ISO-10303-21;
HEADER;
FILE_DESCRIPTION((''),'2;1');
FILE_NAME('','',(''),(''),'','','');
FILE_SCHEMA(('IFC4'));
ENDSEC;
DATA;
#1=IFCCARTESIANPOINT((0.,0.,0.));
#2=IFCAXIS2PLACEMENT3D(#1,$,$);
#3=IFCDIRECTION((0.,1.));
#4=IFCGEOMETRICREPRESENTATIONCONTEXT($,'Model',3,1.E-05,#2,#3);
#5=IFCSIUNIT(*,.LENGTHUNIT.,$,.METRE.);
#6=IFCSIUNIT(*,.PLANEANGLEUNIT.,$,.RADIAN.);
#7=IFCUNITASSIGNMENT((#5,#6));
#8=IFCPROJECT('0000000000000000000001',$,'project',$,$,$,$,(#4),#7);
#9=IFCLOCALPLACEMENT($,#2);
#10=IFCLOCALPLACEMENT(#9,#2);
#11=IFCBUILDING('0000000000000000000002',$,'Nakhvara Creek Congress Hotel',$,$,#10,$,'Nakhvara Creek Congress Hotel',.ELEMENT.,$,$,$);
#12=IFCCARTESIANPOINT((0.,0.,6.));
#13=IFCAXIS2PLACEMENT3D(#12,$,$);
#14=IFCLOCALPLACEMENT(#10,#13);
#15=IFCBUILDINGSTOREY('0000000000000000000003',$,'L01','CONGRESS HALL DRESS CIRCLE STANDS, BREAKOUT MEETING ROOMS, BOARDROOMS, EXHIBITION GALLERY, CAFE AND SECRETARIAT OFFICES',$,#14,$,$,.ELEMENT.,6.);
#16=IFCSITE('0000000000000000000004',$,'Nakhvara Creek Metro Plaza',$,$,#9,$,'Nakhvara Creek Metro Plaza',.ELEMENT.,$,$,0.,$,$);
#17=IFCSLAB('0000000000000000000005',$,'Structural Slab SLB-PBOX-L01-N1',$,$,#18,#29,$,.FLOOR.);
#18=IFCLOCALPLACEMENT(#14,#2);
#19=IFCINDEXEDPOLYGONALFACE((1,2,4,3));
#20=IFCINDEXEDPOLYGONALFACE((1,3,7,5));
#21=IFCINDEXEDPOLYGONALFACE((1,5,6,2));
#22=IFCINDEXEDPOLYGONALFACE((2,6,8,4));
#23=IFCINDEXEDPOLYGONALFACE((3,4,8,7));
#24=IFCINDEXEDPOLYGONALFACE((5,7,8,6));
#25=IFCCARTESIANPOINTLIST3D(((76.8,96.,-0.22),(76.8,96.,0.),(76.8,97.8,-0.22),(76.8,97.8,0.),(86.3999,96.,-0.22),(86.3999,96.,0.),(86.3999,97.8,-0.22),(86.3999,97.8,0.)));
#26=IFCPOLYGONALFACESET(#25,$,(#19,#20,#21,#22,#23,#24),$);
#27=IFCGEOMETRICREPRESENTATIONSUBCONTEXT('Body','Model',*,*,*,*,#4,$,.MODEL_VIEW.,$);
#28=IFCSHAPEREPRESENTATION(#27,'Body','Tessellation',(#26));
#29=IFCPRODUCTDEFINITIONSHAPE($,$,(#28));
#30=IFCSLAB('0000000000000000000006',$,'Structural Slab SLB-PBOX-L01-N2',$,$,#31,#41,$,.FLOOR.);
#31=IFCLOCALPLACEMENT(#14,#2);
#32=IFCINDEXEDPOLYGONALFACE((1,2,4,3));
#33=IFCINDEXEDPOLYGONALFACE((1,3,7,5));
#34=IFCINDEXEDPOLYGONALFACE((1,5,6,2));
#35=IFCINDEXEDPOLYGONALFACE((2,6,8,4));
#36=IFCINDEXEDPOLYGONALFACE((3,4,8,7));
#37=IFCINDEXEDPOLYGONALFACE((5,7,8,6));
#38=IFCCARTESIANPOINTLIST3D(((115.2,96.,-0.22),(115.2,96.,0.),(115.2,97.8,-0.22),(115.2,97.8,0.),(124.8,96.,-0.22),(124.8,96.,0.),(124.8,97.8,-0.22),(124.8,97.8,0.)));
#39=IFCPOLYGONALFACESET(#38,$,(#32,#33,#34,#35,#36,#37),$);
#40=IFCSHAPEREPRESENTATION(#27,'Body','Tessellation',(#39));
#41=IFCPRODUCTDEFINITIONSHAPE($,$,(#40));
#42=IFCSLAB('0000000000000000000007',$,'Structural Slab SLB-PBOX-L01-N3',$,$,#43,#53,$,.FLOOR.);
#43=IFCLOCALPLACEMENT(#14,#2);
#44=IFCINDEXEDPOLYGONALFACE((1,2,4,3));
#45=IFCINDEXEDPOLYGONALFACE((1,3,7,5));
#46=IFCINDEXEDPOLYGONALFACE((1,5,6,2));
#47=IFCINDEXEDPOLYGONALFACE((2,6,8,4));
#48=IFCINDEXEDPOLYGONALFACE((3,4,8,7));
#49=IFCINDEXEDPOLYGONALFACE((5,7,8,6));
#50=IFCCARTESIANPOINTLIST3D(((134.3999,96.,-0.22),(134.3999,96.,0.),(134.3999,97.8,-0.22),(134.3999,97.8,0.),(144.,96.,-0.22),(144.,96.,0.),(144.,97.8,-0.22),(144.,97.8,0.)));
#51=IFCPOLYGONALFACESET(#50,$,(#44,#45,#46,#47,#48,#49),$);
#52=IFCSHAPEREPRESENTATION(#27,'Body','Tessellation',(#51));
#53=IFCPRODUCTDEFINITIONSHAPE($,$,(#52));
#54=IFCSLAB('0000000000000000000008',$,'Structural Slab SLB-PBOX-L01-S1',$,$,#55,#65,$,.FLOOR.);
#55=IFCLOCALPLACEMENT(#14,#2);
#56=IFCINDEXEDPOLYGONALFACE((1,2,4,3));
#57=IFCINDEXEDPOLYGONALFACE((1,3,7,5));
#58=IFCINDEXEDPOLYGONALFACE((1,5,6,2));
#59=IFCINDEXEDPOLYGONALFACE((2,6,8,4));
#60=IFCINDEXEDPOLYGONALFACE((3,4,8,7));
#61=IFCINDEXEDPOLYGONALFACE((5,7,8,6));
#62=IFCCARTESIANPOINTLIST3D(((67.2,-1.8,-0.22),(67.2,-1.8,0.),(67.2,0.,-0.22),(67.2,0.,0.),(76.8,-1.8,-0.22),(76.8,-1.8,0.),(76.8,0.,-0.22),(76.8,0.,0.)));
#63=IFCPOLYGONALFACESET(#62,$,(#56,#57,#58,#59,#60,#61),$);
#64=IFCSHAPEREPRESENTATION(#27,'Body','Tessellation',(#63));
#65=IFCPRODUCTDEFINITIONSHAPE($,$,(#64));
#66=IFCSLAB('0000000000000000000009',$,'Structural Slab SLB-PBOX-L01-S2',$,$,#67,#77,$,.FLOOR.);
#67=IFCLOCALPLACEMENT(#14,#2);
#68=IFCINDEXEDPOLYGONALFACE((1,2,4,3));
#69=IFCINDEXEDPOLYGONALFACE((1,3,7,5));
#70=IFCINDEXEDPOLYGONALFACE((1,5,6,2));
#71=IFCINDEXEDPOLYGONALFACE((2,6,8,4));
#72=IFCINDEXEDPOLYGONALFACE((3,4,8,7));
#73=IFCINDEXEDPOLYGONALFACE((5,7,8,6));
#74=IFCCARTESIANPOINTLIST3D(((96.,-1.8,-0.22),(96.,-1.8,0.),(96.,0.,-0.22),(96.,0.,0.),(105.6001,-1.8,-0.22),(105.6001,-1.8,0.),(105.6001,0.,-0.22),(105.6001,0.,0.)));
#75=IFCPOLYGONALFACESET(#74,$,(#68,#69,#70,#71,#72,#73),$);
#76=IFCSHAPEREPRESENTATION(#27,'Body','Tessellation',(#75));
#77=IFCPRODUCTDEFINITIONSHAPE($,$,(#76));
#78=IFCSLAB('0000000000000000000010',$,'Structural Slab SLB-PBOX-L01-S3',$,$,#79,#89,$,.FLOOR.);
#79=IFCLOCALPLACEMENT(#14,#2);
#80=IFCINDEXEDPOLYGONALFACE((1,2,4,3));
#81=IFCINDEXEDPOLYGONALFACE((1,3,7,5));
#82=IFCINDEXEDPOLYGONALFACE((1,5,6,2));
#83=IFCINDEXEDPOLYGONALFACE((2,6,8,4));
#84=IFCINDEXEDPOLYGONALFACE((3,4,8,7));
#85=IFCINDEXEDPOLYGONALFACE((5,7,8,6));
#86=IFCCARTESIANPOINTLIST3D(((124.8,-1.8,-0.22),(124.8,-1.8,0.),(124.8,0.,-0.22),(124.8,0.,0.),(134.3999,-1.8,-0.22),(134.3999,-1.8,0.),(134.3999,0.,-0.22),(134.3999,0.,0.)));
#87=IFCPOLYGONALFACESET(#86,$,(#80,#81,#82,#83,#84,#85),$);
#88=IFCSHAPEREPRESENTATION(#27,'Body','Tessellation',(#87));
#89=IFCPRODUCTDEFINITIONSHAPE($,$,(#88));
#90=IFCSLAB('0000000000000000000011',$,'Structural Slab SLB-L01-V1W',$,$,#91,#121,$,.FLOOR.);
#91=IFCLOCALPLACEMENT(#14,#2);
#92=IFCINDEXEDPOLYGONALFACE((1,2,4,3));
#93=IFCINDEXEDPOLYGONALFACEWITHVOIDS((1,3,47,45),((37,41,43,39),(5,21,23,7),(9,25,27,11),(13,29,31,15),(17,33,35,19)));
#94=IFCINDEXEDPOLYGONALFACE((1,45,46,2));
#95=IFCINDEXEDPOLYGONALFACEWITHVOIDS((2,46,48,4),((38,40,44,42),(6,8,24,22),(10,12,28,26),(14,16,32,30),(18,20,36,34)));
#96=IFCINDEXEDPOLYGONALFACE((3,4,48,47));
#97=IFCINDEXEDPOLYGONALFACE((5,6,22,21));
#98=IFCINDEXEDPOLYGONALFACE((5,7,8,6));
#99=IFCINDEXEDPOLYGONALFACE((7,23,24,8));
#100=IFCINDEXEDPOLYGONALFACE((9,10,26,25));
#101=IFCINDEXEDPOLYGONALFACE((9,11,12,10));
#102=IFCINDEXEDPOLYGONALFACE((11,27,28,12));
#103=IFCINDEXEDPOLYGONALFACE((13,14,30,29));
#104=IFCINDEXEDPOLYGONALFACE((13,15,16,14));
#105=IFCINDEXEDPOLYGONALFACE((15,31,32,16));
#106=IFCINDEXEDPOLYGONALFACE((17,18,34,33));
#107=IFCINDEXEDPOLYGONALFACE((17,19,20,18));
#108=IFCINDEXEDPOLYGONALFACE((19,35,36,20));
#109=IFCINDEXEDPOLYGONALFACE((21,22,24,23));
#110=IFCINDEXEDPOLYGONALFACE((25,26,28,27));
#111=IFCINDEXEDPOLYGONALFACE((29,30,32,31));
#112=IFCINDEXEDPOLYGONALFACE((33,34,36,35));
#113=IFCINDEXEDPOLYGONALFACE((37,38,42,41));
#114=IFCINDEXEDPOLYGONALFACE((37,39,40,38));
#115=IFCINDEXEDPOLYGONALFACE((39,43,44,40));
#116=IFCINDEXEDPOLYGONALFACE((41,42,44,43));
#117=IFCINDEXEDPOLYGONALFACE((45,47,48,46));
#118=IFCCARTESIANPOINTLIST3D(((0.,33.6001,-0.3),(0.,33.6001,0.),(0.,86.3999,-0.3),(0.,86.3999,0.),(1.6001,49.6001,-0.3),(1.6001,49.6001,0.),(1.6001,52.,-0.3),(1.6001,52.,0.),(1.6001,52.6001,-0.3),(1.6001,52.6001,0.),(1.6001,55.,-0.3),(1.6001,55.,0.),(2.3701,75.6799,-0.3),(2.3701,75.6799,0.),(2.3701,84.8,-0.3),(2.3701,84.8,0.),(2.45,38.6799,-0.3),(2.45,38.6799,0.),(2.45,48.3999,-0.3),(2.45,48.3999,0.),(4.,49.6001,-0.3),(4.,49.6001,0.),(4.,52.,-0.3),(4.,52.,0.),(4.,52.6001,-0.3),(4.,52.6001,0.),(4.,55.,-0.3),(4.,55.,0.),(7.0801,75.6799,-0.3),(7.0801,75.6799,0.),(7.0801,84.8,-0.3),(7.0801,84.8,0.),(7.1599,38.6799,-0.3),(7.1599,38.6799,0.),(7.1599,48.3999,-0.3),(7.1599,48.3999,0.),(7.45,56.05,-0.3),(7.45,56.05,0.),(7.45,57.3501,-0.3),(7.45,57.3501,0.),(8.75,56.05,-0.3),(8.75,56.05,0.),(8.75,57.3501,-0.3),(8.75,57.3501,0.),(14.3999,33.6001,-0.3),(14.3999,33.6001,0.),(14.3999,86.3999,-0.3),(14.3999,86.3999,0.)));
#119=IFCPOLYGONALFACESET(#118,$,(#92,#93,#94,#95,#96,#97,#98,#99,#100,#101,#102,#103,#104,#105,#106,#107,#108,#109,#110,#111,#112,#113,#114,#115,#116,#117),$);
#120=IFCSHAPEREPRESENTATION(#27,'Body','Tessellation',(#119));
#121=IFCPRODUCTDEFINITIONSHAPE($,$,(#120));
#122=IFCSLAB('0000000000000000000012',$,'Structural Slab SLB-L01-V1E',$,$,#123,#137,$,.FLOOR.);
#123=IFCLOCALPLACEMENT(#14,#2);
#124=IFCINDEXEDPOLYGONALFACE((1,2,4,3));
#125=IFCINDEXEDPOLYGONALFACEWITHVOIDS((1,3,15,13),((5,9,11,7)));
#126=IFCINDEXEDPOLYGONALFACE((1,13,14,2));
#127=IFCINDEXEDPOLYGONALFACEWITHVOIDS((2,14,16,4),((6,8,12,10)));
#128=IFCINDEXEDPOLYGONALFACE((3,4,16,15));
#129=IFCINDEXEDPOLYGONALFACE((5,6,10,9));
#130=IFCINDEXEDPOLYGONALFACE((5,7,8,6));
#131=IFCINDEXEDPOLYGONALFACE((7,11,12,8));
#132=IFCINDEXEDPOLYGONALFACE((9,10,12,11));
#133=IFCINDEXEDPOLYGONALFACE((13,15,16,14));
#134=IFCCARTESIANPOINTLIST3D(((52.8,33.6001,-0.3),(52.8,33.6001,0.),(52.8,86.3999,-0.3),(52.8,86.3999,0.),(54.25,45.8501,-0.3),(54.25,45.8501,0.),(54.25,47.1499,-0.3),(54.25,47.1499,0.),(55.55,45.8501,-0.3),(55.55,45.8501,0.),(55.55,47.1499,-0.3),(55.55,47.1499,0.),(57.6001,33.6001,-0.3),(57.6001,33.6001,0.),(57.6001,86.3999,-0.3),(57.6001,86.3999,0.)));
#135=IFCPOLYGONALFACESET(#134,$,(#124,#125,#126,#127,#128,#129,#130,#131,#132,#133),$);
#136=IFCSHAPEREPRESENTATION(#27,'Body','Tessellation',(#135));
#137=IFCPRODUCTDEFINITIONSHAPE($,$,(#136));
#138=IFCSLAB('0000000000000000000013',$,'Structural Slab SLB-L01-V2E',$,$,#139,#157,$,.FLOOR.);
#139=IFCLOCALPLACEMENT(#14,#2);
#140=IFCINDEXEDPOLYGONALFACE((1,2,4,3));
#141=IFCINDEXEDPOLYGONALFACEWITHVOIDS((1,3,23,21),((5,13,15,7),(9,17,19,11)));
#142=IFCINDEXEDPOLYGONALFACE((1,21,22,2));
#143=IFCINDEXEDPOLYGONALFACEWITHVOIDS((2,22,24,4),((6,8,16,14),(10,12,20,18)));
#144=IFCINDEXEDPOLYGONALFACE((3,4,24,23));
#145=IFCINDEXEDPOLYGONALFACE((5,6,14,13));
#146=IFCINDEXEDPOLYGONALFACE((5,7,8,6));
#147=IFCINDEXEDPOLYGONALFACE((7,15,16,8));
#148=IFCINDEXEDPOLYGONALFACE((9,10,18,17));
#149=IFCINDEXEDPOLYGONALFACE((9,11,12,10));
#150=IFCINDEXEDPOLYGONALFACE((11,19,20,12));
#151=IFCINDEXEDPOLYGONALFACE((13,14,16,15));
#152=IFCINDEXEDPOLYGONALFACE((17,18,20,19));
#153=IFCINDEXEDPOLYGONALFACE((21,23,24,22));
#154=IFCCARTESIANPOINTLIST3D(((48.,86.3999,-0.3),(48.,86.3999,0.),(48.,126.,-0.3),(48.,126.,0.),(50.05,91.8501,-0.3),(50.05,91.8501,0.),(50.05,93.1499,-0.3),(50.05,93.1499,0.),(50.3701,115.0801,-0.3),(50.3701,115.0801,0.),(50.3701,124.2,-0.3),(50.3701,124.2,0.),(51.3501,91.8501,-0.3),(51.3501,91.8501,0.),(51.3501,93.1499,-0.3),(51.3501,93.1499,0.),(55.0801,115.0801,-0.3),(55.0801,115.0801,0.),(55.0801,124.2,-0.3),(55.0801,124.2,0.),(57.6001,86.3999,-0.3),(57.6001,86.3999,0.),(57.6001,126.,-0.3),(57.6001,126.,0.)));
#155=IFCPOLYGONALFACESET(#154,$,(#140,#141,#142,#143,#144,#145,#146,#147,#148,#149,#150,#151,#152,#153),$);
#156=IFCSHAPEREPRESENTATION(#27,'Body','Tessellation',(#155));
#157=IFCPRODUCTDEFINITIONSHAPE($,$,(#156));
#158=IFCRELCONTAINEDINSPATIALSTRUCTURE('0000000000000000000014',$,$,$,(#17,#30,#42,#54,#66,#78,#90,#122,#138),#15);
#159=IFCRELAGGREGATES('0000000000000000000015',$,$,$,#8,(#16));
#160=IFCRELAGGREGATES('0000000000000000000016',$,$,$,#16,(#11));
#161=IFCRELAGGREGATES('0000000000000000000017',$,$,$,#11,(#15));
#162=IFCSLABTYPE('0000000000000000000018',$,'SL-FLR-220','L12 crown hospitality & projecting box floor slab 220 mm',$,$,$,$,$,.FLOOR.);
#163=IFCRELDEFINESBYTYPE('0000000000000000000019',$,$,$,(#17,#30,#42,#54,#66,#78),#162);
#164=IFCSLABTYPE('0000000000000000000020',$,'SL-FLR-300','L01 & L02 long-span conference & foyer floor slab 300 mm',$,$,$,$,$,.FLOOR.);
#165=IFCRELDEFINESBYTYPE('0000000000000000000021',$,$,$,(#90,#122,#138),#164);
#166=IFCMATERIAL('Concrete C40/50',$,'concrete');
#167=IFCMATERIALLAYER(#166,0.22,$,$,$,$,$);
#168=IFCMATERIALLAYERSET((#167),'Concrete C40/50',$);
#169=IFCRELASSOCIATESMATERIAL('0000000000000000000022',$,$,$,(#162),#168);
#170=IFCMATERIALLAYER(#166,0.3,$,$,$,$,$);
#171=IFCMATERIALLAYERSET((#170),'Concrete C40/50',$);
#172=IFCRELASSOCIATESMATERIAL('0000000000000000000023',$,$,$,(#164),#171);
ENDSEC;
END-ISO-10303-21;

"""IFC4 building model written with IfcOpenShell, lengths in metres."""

from ifc_helpers import new_model, si_unit, direction, frame, origin, place, context, subcontext, project, spatial, polyline, outline, extrude, material, layer, layer_set, type_object, element, save


model = new_model("IFC4")

# Units and contexts
model_context = context("Model", 3, precision=1e-05, world=origin(), true_north=direction((0.0, 1.0)))
body_context = subcontext(model_context, "Body", "Model", "MODEL_VIEW")
ifc_project = project(units=[si_unit("LENGTHUNIT", "METRE"), si_unit("PLANEANGLEUNIT", "RADIAN")], contexts=[model_context])

# Site, building, storey
site_placement = place(None, origin())
site = spatial("IfcSite", under=ifc_project, at=site_placement, Name="Nakhvara Creek Metro Plaza", LongName="Nakhvara Creek Metro Plaza", CompositionType="ELEMENT", RefElevation=0.0)
building_placement = place(site_placement, origin())
building = spatial("IfcBuilding", under=site, at=building_placement, Name="Nakhvara Creek Congress Hotel", LongName="Nakhvara Creek Congress Hotel", CompositionType="ELEMENT")
storey_placement = place(building_placement, frame((0.0, 0.0, 6.0)))
storey = spatial("IfcBuildingStorey", under=building, at=storey_placement, Name="L01", Description="CONGRESS HALL DRESS CIRCLE STANDS, BREAKOUT MEETING ROOMS, BOARDROOMS, EXHIBITION GALLERY, CAFE AND SECRETARIAT OFFICES", CompositionType="ELEMENT", Elevation=6.0)

# Slabs
ifc_material_1 = material(Name="Concrete C40/50", Category="concrete")
ifc_layer_1 = layer(ifc_material_1, 0.22)
ifc_layer_set_1 = layer_set([ifc_layer_1], Name="Concrete C40/50")
slab_type_1 = type_object("IfcSlabType", Name="SL-FLR-220", Description="L12 crown hospitality & projecting box floor slab 220 mm", PredefinedType="FLOOR", material=ifc_layer_set_1)
slab_1_placement = place(storey_placement, frame((0.0, 0.0, -0.22)))
element("IfcSlab", 1, at=slab_1_placement, inside=storey, type_object=slab_type_1, Name="Structural Slab SLB-PBOX-L01-N1", PredefinedType="FLOOR", context=body_context, shape_type="SweptSolid", body=[
    extrude(outline(polyline([(76.8, 96.0), (86.3999, 96.0), (86.3999, 97.8), (76.8, 97.8), (76.8, 96.0)])), origin(), (0.0, 0.0, 1.0), 0.22),
])
slab_2_placement = place(storey_placement, frame((0.0, 0.0, -0.22)))
element("IfcSlab", 2, at=slab_2_placement, inside=storey, type_object=slab_type_1, Name="Structural Slab SLB-PBOX-L01-N2", PredefinedType="FLOOR", context=body_context, shape_type="SweptSolid", body=[
    extrude(outline(polyline([(115.2, 96.0), (124.8, 96.0), (124.8, 97.8), (115.2, 97.8), (115.2, 96.0)])), origin(), (0.0, 0.0, 1.0), 0.22),
])
slab_3_placement = place(storey_placement, frame((0.0, 0.0, -0.22)))
element("IfcSlab", 3, at=slab_3_placement, inside=storey, type_object=slab_type_1, Name="Structural Slab SLB-PBOX-L01-N3", PredefinedType="FLOOR", context=body_context, shape_type="SweptSolid", body=[
    extrude(outline(polyline([(134.3999, 96.0), (144.0, 96.0), (144.0, 97.8), (134.3999, 97.8), (134.3999, 96.0)])), origin(), (0.0, 0.0, 1.0), 0.22),
])
slab_4_placement = place(storey_placement, frame((0.0, 0.0, -0.22)))
element("IfcSlab", 4, at=slab_4_placement, inside=storey, type_object=slab_type_1, Name="Structural Slab SLB-PBOX-L01-S1", PredefinedType="FLOOR", context=body_context, shape_type="SweptSolid", body=[
    extrude(outline(polyline([(67.2, -1.8), (76.8, -1.8), (76.8, 0.0), (67.2, 0.0), (67.2, -1.8)])), origin(), (0.0, 0.0, 1.0), 0.22),
])
slab_5_placement = place(storey_placement, frame((0.0, 0.0, -0.22)))
element("IfcSlab", 5, at=slab_5_placement, inside=storey, type_object=slab_type_1, Name="Structural Slab SLB-PBOX-L01-S2", PredefinedType="FLOOR", context=body_context, shape_type="SweptSolid", body=[
    extrude(outline(polyline([(96.0, -1.8), (105.6001, -1.8), (105.6001, 0.0), (96.0, 0.0), (96.0, -1.8)])), origin(), (0.0, 0.0, 1.0), 0.22),
])
slab_6_placement = place(storey_placement, frame((0.0, 0.0, -0.22)))
element("IfcSlab", 6, at=slab_6_placement, inside=storey, type_object=slab_type_1, Name="Structural Slab SLB-PBOX-L01-S3", PredefinedType="FLOOR", context=body_context, shape_type="SweptSolid", body=[
    extrude(outline(polyline([(124.8, -1.8), (134.3999, -1.8), (134.3999, 0.0), (124.8, 0.0), (124.8, -1.8)])), origin(), (0.0, 0.0, 1.0), 0.22),
])
ifc_layer_2 = layer(ifc_material_1, 0.3)
ifc_layer_set_2 = layer_set([ifc_layer_2], Name="Concrete C40/50")
slab_type_2 = type_object("IfcSlabType", Name="SL-FLR-300", Description="L01 & L02 long-span conference & foyer floor slab 300 mm", PredefinedType="FLOOR", material=ifc_layer_set_2)
slab_7_placement = place(storey_placement, frame((0.0, 0.0, -0.3)))
element("IfcSlab", 7, at=slab_7_placement, inside=storey, type_object=slab_type_2, Name="Structural Slab SLB-L01-V1W", PredefinedType="FLOOR", context=body_context, shape_type="SweptSolid", body=[
    extrude(outline(polyline([(0.0, 86.3999), (14.3999, 86.3999), (14.3999, 33.6001), (0.0, 33.6001), (0.0, 86.3999)]), holes=[polyline([(2.45, 48.3999), (2.45, 38.6799), (7.1599, 38.6799), (7.1599, 48.3999), (2.45, 48.3999)]), polyline([(4.0, 52.0), (1.6001, 52.0), (1.6001, 49.6001), (4.0, 49.6001), (4.0, 52.0)]), polyline([(4.0, 55.0), (1.6001, 55.0), (1.6001, 52.6001), (4.0, 52.6001), (4.0, 55.0)]), polyline([(8.75, 56.05), (8.75, 57.3501), (7.45, 57.3501), (7.45, 56.05), (8.75, 56.05)]), polyline([(7.0801, 84.8), (2.3701, 84.8), (2.3701, 75.6799), (7.0801, 75.6799), (7.0801, 84.8)])]), origin(), (0.0, 0.0, 1.0), 0.3),
])
slab_8_placement = place(storey_placement, frame((0.0, 0.0, -0.3)))
element("IfcSlab", 8, at=slab_8_placement, inside=storey, type_object=slab_type_2, Name="Structural Slab SLB-L01-V1E", PredefinedType="FLOOR", context=body_context, shape_type="SweptSolid", body=[
    extrude(outline(polyline([(52.8, 86.3999), (57.6001, 86.3999), (57.6001, 33.6001), (52.8, 33.6001), (52.8, 86.3999)]), holes=[polyline([(54.25, 45.8501), (55.55, 45.8501), (55.55, 47.1499), (54.25, 47.1499), (54.25, 45.8501)])]), origin(), (0.0, 0.0, 1.0), 0.3),
])
slab_9_placement = place(storey_placement, frame((0.0, 0.0, -0.3)))
element("IfcSlab", 9, at=slab_9_placement, inside=storey, type_object=slab_type_2, Name="Structural Slab SLB-L01-V2E", PredefinedType="FLOOR", context=body_context, shape_type="SweptSolid", body=[
    extrude(outline(polyline([(48.0, 126.0), (57.6001, 126.0), (57.6001, 86.3999), (48.0, 86.3999), (48.0, 126.0)]), holes=[polyline([(50.05, 93.1499), (50.05, 91.8501), (51.3501, 91.8501), (51.3501, 93.1499), (50.05, 93.1499)]), polyline([(50.3701, 115.0801), (55.0801, 115.0801), (55.0801, 124.2), (50.3701, 124.2), (50.3701, 115.0801)])]), origin(), (0.0, 0.0, 1.0), 0.3),
])

save(model, "model.ifc")
